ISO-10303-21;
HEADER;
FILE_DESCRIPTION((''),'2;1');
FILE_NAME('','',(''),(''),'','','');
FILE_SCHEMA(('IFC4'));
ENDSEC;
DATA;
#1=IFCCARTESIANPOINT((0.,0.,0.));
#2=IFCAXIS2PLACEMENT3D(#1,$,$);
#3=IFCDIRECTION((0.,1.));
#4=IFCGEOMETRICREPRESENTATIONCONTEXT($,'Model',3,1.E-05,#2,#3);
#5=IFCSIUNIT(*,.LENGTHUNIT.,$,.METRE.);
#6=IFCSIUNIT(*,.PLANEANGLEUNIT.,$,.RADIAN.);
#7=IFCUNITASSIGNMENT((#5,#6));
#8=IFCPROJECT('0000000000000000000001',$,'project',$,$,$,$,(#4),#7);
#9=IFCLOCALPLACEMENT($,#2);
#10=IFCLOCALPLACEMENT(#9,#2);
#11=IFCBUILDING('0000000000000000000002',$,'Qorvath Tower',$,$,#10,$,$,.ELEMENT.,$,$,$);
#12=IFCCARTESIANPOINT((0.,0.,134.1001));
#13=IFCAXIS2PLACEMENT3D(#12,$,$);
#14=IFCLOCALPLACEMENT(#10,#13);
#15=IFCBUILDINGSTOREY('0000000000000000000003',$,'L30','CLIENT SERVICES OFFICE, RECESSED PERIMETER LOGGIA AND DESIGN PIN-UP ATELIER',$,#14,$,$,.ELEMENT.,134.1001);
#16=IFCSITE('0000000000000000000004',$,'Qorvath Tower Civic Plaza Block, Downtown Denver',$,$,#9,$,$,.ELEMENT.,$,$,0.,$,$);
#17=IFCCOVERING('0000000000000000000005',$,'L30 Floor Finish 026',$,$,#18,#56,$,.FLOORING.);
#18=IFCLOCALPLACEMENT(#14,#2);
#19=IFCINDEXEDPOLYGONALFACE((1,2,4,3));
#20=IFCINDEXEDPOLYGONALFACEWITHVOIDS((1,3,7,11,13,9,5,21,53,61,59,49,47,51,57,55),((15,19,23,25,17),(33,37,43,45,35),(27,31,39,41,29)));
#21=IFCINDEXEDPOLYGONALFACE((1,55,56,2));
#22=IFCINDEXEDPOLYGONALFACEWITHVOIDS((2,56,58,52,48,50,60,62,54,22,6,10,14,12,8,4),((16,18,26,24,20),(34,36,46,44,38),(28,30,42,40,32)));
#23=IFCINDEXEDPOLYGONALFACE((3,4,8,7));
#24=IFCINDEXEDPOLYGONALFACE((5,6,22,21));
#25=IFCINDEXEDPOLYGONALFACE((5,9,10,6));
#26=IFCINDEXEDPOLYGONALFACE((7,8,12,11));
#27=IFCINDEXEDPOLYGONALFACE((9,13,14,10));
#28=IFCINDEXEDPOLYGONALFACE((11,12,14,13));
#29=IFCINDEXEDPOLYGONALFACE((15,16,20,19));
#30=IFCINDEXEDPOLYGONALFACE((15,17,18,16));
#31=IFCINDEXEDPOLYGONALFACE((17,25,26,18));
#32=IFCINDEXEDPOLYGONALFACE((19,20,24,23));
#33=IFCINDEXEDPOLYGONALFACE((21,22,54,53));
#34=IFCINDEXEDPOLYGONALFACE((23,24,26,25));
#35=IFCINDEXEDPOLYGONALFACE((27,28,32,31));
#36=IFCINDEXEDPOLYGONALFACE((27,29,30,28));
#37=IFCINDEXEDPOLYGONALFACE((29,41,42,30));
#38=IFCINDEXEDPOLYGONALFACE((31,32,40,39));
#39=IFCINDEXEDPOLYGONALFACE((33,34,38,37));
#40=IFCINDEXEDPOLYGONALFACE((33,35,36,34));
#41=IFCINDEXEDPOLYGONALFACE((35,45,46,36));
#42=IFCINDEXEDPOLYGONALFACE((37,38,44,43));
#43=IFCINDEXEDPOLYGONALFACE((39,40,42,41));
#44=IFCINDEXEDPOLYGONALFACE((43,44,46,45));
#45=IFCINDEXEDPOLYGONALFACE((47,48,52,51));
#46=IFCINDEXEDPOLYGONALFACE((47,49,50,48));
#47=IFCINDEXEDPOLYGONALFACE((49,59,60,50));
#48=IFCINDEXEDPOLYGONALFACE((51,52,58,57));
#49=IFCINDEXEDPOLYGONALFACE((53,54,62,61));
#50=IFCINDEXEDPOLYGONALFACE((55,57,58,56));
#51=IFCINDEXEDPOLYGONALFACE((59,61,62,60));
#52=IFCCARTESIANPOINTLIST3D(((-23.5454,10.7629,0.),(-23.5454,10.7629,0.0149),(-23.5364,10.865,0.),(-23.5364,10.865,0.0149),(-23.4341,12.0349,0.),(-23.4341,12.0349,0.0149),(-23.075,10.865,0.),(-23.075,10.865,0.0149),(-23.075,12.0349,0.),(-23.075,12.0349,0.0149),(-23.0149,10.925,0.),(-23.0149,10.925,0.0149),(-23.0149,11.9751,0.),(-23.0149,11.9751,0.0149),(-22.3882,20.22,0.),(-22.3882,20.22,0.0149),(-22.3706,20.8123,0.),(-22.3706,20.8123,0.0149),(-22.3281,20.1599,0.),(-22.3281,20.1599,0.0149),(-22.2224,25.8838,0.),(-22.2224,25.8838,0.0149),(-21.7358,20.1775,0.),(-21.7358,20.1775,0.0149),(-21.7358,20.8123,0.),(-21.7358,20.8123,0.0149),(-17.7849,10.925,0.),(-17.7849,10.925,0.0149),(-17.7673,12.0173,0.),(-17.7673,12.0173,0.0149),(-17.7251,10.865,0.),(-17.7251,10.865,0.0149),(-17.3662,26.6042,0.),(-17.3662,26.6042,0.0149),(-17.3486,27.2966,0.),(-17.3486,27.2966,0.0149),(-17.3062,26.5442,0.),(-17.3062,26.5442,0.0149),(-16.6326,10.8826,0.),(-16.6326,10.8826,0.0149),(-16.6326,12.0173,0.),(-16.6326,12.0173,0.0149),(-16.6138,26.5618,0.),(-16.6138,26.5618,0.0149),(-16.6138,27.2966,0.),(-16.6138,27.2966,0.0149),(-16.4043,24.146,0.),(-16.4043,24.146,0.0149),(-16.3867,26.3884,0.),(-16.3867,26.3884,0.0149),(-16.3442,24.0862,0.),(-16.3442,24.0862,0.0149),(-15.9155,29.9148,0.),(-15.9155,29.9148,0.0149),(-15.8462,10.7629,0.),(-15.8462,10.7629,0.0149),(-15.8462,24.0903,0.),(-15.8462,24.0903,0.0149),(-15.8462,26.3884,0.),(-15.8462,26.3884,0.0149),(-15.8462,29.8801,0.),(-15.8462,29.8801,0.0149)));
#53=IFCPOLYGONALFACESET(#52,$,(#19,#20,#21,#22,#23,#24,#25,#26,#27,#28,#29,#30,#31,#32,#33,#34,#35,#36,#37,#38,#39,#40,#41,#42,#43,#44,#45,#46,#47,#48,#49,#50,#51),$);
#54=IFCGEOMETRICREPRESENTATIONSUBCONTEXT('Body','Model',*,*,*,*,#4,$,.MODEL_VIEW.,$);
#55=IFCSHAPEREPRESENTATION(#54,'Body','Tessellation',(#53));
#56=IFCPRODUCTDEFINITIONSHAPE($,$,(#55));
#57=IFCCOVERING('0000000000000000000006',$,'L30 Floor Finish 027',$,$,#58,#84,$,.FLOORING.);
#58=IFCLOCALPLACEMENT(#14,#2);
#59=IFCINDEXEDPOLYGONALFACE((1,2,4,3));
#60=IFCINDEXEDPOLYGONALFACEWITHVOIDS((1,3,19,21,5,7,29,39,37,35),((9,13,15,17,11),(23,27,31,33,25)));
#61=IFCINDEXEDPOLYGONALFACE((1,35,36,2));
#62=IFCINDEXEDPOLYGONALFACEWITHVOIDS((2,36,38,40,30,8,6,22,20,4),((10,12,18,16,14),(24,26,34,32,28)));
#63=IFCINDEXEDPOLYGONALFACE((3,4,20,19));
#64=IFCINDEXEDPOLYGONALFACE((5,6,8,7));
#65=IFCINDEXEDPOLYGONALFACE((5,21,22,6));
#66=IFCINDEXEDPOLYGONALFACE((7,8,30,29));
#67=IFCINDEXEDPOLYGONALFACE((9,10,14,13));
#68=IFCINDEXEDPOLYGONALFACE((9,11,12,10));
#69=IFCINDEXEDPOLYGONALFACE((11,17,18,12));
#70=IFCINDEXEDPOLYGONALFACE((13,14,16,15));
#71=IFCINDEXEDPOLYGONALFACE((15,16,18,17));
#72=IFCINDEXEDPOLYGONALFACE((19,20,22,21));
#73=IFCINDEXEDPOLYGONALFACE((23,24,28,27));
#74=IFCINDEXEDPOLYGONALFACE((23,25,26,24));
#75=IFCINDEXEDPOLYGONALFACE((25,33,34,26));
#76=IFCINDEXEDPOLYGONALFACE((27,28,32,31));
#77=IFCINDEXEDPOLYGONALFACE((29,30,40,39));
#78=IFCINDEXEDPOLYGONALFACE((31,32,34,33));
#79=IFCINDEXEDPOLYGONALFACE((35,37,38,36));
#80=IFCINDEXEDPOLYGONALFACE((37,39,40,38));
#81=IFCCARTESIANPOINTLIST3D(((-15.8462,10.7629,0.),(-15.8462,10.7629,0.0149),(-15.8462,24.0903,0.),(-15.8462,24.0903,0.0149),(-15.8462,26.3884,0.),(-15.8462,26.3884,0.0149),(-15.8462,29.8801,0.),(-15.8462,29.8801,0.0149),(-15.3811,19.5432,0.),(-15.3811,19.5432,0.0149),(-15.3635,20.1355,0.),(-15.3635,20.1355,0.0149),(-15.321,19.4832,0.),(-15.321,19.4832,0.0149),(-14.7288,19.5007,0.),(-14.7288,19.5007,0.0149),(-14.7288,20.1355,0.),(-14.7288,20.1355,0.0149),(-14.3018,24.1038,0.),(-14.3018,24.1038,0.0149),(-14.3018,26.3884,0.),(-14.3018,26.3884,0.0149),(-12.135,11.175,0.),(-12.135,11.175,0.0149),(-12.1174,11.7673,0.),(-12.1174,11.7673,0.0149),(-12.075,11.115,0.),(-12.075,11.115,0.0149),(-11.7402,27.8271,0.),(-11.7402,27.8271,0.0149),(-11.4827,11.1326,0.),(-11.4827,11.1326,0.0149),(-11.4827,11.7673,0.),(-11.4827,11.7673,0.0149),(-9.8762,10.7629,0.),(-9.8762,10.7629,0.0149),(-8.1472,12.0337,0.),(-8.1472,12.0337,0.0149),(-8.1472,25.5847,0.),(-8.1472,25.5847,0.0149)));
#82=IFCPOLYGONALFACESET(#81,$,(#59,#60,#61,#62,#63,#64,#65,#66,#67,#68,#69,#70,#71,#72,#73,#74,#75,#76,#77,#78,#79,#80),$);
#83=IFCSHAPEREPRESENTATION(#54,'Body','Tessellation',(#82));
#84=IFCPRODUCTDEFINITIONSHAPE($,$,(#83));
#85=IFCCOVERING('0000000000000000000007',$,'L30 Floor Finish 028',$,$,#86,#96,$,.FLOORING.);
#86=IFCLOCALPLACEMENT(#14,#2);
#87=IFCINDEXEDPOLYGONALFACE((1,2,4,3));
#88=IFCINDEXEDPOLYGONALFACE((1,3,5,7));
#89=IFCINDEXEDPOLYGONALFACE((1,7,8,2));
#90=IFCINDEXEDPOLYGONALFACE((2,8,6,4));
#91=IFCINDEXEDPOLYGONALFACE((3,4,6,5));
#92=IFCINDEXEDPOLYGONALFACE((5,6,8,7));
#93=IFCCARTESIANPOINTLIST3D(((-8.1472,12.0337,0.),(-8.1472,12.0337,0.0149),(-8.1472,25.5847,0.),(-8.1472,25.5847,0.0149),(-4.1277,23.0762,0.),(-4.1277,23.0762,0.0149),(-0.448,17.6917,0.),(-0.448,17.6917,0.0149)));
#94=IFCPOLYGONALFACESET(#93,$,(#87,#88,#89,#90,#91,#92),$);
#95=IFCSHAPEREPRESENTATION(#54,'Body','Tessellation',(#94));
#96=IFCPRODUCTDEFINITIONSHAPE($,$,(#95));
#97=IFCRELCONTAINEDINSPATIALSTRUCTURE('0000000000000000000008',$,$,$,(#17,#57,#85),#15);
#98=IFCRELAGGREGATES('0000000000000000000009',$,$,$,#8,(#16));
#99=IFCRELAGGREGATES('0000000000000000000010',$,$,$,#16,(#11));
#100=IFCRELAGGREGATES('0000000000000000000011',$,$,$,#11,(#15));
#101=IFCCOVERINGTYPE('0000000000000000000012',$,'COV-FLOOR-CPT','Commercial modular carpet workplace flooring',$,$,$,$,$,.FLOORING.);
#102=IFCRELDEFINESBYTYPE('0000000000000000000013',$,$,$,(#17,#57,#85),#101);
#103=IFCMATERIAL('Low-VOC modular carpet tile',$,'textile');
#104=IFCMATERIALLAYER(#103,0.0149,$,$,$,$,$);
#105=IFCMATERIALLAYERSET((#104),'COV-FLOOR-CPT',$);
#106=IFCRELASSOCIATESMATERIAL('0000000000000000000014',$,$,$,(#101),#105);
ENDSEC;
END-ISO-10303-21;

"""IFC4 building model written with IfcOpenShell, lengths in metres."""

from ifc_helpers import new_model, si_unit, direction, frame, origin, place, context, subcontext, project, spatial, polyline, outline, extrude, material, layer, layer_set, type_object, element, save


model = new_model("IFC4")

# Units and contexts
model_context = context("Model", 3, precision=1e-05, world=origin(), true_north=direction((0.0, 1.0)))
body_context = subcontext(model_context, "Body", "Model", "MODEL_VIEW")
ifc_project = project(units=[si_unit("LENGTHUNIT", "METRE"), si_unit("PLANEANGLEUNIT", "RADIAN")], contexts=[model_context])

# Site, building, storey
site_placement = place(None, origin())
site = spatial("IfcSite", under=ifc_project, at=site_placement, Name="Qorvath Tower Civic Plaza Block, Downtown Denver", CompositionType="ELEMENT", RefElevation=0.0)
building_placement = place(site_placement, origin())
building = spatial("IfcBuilding", under=site, at=building_placement, Name="Qorvath Tower", CompositionType="ELEMENT")
storey_placement = place(building_placement, frame((0.0, 0.0, 134.1001)))
storey = spatial("IfcBuildingStorey", under=building, at=storey_placement, Name="L30", Description="CLIENT SERVICES OFFICE, RECESSED PERIMETER LOGGIA AND DESIGN PIN-UP ATELIER", CompositionType="ELEMENT", Elevation=134.1001)

# Coverings
ifc_material_1 = material(Name="Low-VOC modular carpet tile", Category="textile")
ifc_layer_1 = layer(ifc_material_1, 0.0149)
ifc_layer_set_1 = layer_set([ifc_layer_1], Name="COV-FLOOR-CPT")
covering_type_1 = type_object("IfcCoveringType", Name="COV-FLOOR-CPT", Description="Commercial modular carpet workplace flooring", PredefinedType="FLOORING", material=ifc_layer_set_1)
covering_1_placement = place(storey_placement, origin())
element("IfcCovering", 1, at=covering_1_placement, inside=storey, type_object=covering_type_1, Name="L30 Floor Finish 026", PredefinedType="FLOORING", context=body_context, shape_type="SweptSolid", body=[
    extrude(outline(polyline([(-15.9155, 29.9148), (-22.2224, 25.8838), (-23.4341, 12.0349), (-23.075, 12.0349), (-23.0149, 11.9751), (-23.0149, 10.925), (-23.075, 10.865), (-23.5364, 10.865), (-23.5454, 10.7629), (-15.8462, 10.7629), (-15.8462, 24.0903), (-16.3442, 24.0862), (-16.4043, 24.146), (-16.3867, 26.3884), (-15.8462, 26.3884), (-15.8462, 29.8801), (-15.9155, 29.9148)]), holes=[polyline([(-17.3662, 26.6042), (-17.3486, 27.2966), (-16.6138, 27.2966), (-16.6138, 26.5618), (-17.3062, 26.5442), (-17.3662, 26.6042)]), polyline([(-17.7849, 10.925), (-17.7673, 12.0173), (-16.6326, 12.0173), (-16.6326, 10.8826), (-17.7251, 10.865), (-17.7849, 10.925)]), polyline([(-22.3882, 20.22), (-22.3706, 20.8123), (-21.7358, 20.8123), (-21.7358, 20.1775), (-22.3281, 20.1599), (-22.3882, 20.22)])]), origin(), (0.0, 0.0, 1.0), 0.0149),
])
covering_2_placement = place(storey_placement, origin())
element("IfcCovering", 2, at=covering_2_placement, inside=storey, type_object=covering_type_1, Name="L30 Floor Finish 027", PredefinedType="FLOORING", context=body_context, shape_type="SweptSolid", body=[
    extrude(outline(polyline([(-15.8462, 29.8801), (-15.8462, 26.3884), (-14.3018, 26.3884), (-14.3018, 24.1038), (-15.8462, 24.0903), (-15.8462, 10.7629), (-9.8762, 10.7629), (-8.1472, 12.0337), (-8.1472, 25.5847), (-11.7402, 27.8271), (-15.8462, 29.8801)]), holes=[polyline([(-12.135, 11.175), (-12.1174, 11.7673), (-11.4827, 11.7673), (-11.4827, 11.1326), (-12.075, 11.115), (-12.135, 11.175)]), polyline([(-15.3811, 19.5432), (-15.3635, 20.1355), (-14.7288, 20.1355), (-14.7288, 19.5007), (-15.321, 19.4832), (-15.3811, 19.5432)])]), origin(), (0.0, 0.0, 1.0), 0.0149),
])
covering_3_placement = place(storey_placement, origin())
element("IfcCovering", 3, at=covering_3_placement, inside=storey, type_object=covering_type_1, Name="L30 Floor Finish 028", PredefinedType="FLOORING", context=body_context, shape_type="SweptSolid", body=[
    extrude(outline(polyline([(-8.1472, 25.5847), (-8.1472, 12.0337), (-0.448, 17.6917), (-4.1277, 23.0762), (-8.1472, 25.5847)])), origin(), (0.0, 0.0, 1.0), 0.0149),
])

save(model, "model.ifc")
